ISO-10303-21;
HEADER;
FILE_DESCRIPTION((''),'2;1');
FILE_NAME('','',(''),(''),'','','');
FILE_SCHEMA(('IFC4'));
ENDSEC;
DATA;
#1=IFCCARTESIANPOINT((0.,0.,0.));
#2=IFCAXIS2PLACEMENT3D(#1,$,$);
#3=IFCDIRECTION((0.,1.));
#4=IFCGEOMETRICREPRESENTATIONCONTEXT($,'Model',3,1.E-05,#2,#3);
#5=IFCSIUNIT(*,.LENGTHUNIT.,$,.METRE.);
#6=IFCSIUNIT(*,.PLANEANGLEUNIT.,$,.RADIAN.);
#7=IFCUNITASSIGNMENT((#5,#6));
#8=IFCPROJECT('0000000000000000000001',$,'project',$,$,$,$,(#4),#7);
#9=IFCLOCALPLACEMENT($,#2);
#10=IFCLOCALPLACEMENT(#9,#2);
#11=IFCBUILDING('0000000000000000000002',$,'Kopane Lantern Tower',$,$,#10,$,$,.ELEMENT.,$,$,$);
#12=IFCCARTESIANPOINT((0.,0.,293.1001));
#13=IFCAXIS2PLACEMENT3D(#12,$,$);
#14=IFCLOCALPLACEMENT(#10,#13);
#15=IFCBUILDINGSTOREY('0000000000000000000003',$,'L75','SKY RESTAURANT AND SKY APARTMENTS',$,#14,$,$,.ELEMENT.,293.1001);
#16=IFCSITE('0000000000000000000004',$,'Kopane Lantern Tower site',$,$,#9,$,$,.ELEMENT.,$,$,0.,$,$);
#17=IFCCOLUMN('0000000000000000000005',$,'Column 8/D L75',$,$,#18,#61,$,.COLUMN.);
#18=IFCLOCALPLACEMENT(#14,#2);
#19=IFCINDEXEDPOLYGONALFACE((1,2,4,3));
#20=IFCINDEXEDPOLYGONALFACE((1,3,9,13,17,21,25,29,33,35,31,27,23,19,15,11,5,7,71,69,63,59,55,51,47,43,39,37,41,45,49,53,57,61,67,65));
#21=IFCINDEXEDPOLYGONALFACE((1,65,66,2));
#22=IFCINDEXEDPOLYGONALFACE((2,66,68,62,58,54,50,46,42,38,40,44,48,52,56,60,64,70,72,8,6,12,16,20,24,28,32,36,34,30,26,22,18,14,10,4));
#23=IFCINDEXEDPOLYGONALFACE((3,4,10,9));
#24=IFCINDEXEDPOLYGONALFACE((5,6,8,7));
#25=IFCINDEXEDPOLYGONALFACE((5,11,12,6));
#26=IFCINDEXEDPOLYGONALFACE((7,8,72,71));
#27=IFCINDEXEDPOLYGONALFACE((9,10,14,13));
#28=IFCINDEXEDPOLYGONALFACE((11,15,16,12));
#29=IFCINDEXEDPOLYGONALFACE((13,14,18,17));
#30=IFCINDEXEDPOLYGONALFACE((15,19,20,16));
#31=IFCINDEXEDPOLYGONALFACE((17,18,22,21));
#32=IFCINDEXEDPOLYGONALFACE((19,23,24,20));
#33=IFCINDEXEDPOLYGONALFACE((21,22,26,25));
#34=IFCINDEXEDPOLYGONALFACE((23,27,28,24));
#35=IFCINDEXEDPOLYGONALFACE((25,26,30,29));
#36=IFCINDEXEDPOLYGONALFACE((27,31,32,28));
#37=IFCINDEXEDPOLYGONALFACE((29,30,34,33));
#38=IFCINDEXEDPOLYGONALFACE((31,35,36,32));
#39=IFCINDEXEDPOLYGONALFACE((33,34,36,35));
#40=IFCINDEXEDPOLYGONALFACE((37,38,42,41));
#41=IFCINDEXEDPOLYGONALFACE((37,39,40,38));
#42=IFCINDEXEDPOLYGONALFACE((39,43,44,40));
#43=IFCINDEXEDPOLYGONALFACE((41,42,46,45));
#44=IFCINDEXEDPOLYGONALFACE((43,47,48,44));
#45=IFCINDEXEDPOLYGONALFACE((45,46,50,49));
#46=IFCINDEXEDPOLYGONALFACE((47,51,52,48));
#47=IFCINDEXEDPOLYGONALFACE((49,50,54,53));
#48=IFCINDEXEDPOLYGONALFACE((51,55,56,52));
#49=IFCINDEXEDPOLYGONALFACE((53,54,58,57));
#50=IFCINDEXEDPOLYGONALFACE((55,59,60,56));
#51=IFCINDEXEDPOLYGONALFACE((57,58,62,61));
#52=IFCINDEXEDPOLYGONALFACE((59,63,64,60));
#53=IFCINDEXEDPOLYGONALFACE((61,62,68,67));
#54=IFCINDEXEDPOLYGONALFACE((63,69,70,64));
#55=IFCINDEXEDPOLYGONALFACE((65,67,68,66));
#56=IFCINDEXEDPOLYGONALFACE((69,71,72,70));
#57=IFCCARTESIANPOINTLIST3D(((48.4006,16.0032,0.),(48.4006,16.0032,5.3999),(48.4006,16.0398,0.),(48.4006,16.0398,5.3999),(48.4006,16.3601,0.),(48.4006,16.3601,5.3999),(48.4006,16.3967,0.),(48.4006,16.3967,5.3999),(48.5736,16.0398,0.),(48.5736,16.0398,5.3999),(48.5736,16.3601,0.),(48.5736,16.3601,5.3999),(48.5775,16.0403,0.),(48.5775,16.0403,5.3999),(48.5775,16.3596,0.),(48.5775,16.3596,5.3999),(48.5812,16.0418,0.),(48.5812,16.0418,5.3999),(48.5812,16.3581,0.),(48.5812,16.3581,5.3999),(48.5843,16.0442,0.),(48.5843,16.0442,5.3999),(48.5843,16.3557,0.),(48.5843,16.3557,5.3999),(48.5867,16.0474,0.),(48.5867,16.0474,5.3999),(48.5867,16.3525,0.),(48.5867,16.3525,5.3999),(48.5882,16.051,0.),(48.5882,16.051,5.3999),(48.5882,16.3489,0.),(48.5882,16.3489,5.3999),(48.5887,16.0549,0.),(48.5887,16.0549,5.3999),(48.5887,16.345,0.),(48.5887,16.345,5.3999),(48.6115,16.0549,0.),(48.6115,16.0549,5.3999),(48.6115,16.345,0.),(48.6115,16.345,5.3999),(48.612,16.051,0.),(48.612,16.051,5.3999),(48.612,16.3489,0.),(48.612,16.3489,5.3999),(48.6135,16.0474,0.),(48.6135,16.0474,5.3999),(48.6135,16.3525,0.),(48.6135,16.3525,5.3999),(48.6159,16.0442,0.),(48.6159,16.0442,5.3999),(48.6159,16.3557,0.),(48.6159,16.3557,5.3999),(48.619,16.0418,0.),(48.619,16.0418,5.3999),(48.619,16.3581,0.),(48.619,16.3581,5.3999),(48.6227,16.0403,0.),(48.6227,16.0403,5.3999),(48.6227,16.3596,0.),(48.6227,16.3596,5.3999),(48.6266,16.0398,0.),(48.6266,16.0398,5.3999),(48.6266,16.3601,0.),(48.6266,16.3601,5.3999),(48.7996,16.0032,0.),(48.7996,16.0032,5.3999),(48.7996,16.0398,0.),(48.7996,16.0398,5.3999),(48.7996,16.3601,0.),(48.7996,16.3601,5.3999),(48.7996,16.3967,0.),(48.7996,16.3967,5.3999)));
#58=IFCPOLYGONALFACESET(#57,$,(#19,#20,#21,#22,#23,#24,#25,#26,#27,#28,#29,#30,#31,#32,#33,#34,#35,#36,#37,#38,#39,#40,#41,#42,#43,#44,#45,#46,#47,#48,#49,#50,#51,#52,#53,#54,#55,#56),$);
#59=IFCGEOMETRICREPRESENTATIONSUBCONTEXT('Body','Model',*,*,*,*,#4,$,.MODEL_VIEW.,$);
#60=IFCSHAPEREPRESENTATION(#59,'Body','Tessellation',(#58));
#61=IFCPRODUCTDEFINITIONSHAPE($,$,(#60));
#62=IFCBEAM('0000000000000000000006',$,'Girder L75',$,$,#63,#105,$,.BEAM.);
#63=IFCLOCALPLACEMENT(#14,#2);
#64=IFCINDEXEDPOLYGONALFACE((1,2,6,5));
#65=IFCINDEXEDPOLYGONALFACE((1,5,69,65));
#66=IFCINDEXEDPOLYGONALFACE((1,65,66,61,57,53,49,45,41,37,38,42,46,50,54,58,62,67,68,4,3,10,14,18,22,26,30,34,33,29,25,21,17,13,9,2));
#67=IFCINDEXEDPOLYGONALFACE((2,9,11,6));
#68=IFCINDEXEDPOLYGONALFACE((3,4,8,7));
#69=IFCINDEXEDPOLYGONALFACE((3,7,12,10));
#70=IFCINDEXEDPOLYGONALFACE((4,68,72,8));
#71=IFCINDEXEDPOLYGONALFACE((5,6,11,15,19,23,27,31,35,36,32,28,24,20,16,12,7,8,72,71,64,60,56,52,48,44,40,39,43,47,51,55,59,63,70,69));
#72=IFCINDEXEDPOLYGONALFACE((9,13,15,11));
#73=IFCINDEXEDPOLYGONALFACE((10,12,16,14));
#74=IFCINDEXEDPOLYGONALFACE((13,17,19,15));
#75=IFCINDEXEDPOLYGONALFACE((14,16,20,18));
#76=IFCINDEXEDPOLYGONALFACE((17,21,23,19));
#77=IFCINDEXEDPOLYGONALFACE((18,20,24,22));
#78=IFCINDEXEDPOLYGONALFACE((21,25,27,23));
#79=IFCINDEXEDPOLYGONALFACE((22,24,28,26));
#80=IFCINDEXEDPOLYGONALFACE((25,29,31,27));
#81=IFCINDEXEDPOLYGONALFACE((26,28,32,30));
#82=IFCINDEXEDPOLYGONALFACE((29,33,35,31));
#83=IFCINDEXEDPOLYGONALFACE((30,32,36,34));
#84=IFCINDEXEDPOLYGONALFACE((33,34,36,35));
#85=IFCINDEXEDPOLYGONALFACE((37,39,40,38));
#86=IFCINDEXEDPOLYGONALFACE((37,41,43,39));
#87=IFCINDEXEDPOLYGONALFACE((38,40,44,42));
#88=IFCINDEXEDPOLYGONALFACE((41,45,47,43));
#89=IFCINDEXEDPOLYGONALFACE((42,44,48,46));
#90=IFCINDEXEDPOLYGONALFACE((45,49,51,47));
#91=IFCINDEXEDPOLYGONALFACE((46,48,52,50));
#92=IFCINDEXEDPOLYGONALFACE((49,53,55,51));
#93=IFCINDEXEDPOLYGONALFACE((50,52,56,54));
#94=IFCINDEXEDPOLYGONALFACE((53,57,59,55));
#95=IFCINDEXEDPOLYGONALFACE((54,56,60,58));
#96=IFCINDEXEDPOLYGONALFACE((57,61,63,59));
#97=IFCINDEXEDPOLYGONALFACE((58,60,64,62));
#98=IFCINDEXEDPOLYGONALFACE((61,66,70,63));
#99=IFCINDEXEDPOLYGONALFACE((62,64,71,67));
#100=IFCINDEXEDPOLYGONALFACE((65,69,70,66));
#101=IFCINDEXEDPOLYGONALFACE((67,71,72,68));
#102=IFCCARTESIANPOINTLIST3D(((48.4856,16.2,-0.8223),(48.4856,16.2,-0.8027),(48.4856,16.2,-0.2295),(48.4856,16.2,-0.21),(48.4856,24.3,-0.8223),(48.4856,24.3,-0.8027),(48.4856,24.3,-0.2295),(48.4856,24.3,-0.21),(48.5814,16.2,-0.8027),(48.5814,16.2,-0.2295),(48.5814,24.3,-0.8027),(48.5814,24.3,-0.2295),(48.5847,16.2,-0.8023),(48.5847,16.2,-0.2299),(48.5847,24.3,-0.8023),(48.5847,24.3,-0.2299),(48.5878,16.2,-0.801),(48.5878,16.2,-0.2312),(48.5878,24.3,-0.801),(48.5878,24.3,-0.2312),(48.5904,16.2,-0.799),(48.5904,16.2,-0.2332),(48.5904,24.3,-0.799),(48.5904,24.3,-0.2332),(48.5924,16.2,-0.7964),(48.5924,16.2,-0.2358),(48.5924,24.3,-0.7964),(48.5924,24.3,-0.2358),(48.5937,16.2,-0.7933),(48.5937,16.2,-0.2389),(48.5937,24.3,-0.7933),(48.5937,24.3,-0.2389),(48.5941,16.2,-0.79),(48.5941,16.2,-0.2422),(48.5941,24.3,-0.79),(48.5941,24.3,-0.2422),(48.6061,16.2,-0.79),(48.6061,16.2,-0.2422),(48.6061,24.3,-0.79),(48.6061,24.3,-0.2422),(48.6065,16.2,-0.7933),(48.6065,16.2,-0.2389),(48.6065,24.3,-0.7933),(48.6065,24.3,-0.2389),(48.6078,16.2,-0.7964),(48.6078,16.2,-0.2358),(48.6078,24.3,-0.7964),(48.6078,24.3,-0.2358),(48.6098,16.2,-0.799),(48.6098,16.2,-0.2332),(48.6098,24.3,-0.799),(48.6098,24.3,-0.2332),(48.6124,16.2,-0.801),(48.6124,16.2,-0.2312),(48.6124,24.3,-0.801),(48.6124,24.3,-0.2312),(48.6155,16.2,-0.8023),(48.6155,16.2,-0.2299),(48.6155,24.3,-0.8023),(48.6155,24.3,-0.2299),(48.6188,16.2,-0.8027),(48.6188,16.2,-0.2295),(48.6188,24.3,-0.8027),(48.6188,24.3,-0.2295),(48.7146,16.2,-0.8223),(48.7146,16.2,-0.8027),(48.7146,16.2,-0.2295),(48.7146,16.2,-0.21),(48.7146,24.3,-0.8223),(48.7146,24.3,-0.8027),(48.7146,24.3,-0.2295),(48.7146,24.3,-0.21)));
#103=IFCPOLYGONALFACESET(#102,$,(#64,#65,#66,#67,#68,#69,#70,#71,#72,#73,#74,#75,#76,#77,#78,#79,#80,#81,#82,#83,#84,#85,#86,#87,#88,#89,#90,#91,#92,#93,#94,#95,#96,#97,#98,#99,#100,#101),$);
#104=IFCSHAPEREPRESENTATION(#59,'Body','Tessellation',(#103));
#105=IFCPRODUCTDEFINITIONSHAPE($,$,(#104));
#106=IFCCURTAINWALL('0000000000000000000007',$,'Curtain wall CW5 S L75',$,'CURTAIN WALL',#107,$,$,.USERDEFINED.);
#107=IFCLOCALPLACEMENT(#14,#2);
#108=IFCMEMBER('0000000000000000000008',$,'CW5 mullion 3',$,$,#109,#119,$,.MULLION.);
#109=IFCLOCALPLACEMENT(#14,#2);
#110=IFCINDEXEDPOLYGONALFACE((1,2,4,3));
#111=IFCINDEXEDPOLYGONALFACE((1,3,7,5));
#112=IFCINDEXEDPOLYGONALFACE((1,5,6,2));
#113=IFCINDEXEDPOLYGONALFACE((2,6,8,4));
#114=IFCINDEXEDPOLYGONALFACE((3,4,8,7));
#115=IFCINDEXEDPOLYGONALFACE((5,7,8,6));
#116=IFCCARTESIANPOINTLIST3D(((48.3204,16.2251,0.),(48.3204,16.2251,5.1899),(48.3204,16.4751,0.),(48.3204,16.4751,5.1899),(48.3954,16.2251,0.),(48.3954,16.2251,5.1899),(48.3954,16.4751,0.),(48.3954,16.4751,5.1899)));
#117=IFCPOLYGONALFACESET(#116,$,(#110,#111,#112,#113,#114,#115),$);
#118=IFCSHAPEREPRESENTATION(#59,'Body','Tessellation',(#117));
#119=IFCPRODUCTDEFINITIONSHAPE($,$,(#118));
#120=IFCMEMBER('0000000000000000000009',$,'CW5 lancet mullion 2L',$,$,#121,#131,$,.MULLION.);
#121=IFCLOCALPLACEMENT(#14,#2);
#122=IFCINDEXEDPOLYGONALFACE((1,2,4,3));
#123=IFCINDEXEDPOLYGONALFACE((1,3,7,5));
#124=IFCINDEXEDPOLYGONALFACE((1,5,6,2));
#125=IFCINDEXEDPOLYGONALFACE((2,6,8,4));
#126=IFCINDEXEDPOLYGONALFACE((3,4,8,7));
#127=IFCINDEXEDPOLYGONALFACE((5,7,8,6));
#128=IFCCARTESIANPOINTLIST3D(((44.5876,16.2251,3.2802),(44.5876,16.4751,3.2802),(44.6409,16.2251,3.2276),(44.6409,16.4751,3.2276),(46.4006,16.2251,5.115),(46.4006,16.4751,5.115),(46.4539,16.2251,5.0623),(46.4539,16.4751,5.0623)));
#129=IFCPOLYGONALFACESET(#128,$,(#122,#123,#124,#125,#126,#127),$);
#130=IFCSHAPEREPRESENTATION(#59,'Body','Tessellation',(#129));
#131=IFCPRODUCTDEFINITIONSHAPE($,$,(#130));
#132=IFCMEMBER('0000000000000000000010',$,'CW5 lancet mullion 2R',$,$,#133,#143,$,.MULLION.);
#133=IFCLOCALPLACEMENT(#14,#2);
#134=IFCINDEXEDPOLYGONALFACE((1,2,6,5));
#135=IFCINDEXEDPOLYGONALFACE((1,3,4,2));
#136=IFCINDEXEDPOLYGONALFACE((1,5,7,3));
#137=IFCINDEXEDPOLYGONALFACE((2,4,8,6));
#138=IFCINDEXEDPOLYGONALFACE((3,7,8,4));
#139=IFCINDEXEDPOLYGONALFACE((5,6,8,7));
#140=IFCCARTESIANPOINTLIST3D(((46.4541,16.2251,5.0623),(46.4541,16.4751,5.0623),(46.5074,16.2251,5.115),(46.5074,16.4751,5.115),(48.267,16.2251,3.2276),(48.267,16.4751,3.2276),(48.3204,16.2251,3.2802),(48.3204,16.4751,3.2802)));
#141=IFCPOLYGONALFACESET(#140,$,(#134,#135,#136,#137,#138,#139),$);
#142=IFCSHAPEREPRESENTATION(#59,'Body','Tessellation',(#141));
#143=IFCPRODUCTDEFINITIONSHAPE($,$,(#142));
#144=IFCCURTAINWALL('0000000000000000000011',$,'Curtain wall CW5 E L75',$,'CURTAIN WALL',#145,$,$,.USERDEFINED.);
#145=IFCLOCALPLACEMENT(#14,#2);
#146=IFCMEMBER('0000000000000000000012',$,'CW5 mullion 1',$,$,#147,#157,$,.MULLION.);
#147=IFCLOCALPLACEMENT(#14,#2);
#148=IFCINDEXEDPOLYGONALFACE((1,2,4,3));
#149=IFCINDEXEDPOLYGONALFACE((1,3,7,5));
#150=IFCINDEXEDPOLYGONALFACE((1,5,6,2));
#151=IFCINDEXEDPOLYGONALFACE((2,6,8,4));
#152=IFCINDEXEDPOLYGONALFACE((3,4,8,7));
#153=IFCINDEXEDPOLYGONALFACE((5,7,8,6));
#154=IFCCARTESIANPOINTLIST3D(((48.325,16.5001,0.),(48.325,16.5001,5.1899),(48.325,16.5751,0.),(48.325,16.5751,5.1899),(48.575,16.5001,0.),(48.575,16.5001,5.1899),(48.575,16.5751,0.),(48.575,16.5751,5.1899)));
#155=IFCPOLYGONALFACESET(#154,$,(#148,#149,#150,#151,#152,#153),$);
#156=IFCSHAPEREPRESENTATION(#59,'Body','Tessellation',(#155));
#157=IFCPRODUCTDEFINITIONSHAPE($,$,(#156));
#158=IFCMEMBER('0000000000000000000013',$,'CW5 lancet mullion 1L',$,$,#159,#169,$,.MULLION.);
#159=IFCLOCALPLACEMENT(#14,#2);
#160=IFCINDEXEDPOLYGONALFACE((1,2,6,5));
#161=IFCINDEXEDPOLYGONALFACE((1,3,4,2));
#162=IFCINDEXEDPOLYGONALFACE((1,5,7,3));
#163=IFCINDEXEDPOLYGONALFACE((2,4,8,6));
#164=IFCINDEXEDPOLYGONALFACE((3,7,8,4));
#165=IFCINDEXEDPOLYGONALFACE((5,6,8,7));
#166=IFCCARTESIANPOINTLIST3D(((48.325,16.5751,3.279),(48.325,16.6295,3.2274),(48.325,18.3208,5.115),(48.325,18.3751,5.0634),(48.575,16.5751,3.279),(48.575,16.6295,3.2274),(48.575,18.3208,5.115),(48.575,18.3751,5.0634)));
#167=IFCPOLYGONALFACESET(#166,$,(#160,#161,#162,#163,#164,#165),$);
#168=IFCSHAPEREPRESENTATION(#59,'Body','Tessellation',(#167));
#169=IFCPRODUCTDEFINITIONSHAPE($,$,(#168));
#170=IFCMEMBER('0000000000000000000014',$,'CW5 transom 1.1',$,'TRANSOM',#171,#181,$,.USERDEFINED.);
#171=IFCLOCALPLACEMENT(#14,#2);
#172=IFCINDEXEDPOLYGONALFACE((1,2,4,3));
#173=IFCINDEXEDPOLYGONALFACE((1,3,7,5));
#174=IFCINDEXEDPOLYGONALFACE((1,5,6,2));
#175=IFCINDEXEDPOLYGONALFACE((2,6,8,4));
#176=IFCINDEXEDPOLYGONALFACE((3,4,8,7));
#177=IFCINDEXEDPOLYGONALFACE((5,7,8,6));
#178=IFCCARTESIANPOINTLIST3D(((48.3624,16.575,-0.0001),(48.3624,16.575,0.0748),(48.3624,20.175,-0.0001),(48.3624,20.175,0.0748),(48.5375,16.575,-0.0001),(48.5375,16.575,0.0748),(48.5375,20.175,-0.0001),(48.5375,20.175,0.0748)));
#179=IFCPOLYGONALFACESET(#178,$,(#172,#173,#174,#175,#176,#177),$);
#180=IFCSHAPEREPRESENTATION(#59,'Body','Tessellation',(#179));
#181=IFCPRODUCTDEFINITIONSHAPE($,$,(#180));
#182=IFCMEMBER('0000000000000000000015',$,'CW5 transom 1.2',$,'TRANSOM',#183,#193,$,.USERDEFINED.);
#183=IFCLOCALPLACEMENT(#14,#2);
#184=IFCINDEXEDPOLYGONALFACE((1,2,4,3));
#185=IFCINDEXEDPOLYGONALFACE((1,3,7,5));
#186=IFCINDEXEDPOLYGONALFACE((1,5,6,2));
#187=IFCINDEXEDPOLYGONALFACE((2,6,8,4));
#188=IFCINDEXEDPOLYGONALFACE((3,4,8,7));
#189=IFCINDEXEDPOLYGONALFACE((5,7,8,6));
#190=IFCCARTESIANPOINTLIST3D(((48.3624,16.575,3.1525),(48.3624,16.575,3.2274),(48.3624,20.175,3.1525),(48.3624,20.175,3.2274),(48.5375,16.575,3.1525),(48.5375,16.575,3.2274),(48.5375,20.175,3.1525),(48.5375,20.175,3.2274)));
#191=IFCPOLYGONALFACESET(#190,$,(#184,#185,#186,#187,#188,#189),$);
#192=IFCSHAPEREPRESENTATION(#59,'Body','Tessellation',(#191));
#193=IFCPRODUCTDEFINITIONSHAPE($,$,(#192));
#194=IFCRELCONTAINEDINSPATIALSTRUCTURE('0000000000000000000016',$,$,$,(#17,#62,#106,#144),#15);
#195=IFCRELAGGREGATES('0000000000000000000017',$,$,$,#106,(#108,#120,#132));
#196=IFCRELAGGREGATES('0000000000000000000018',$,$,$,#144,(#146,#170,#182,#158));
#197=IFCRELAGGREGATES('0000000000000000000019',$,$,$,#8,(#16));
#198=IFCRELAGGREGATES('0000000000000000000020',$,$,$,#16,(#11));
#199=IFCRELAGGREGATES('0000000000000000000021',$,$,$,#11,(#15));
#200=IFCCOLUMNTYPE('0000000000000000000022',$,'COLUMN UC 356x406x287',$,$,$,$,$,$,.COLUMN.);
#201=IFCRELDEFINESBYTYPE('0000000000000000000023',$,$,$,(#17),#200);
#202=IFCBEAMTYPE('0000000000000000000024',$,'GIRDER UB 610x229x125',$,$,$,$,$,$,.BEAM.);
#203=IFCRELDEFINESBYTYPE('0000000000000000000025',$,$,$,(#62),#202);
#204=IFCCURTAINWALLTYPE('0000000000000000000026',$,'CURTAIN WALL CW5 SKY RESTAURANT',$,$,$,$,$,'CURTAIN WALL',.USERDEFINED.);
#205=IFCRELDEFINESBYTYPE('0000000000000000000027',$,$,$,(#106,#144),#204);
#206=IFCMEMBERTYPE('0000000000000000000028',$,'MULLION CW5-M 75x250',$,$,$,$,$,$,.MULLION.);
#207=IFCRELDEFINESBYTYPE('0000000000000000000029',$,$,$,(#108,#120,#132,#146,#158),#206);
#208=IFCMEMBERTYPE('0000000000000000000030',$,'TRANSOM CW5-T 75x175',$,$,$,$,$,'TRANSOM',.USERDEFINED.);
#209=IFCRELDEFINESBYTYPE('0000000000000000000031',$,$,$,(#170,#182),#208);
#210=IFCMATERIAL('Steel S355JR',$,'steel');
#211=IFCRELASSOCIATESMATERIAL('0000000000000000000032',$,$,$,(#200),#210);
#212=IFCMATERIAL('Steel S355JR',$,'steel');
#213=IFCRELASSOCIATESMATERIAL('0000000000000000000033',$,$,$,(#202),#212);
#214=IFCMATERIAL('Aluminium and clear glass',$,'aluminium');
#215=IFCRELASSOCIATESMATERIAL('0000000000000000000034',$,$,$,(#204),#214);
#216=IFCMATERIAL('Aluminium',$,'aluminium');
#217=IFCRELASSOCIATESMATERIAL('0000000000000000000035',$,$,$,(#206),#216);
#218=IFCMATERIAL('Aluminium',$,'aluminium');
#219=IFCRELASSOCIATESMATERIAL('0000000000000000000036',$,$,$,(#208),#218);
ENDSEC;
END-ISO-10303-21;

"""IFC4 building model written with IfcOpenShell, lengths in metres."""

from ifc_helpers import new_model, si_unit, direction, frame, origin, origin_2d, place, context, subcontext, project, spatial, rectangle, i_section, extrude, material, material_profile, profile_set, type_object, element, aggregate, save


model = new_model("IFC4")

# Units and contexts
model_context = context("Model", 3, precision=1e-05, world=origin(), true_north=direction((0.0, 1.0)))
body_context = subcontext(model_context, "Body", "Model", "MODEL_VIEW")
ifc_project = project(units=[si_unit("LENGTHUNIT", "METRE"), si_unit("PLANEANGLEUNIT", "RADIAN")], contexts=[model_context])

# Site, building, storey
site_placement = place(None, origin())
site = spatial("IfcSite", under=ifc_project, at=site_placement, Name="Kopane Lantern Tower site", CompositionType="ELEMENT", RefElevation=0.0)
building_placement = place(site_placement, origin())
building = spatial("IfcBuilding", under=site, at=building_placement, Name="Kopane Lantern Tower", CompositionType="ELEMENT")
storey_placement = place(building_placement, frame((0.0, 0.0, 293.1001)))
storey = spatial("IfcBuildingStorey", under=building, at=storey_placement, Name="L75", Description="SKY RESTAURANT AND SKY APARTMENTS", CompositionType="ELEMENT", Elevation=293.1001)

# Column
ifc_material_1 = material(Name="Steel S355JR", Category="steel")
ifc_material_profile_1 = material_profile(ifc_material_1, i_section(OverallWidth=0.3989, OverallDepth=0.3936, WebThickness=0.0227, FlangeThickness=0.0366, FilletRadius=0.0151, at=origin_2d()), Name="UC 356x406x287")
ifc_profile_set_1 = profile_set([ifc_material_profile_1], Name="Steel S355JR")
column_type = type_object("IfcColumnType", Name="COLUMN UC 356x406x287", PredefinedType="COLUMN", material=ifc_profile_set_1)
column_placement = place(storey_placement, frame((48.6001, 16.2, 0.0), z_axis=(0.0, 0.0, 1.0), x_axis=(1.0, 0.0, 0.0)))
element("IfcColumn", 1, at=column_placement, inside=storey, type_object=column_type, Name="Column 8/D L75", PredefinedType="COLUMN", context=body_context, shape_type="SweptSolid", body=[
    extrude(i_section(OverallWidth=0.3989, OverallDepth=0.3936, WebThickness=0.0227, FlangeThickness=0.0366, FilletRadius=0.0151, at=origin_2d()), origin(), (0.0, 0.0, 1.0), 5.3999),
])

# Beam
ifc_material_2 = material(Name="Steel S355JR", Category="steel")
ifc_material_profile_2 = material_profile(ifc_material_2, i_section(OverallWidth=0.229, OverallDepth=0.6123, WebThickness=0.012, FlangeThickness=0.0195, FilletRadius=0.0127, at=origin_2d()), Name="UB 610x229x125")
ifc_profile_set_2 = profile_set([ifc_material_profile_2], Name="Steel S355JR")
beam_type = type_object("IfcBeamType", Name="GIRDER UB 610x229x125", PredefinedType="BEAM", material=ifc_profile_set_2)
beam_placement = place(storey_placement, frame((48.6001, 16.2, -0.5161), z_axis=(0.0, 1.0, 0.0), x_axis=(-1.0, 0.0, 0.0)))
element("IfcBeam", 2, at=beam_placement, inside=storey, type_object=beam_type, Name="Girder L75", PredefinedType="BEAM", context=body_context, shape_type="SweptSolid", body=[
    extrude(i_section(OverallWidth=0.229, OverallDepth=0.6123, WebThickness=0.012, FlangeThickness=0.0195, FilletRadius=0.0127, at=origin_2d()), origin(), (0.0, 0.0, 1.0), 8.1001),
])

# Curtain walls, members
ifc_material_3 = material(Name="Aluminium and clear glass", Category="aluminium")
curtain_wall_type = type_object("IfcCurtainWallType", Name="CURTAIN WALL CW5 SKY RESTAURANT", ElementType="CURTAIN WALL", PredefinedType="USERDEFINED", material=ifc_material_3)
curtain_wall_1_placement = place(storey_placement, origin())
curtain_wall_1 = element("IfcCurtainWall", 3, at=curtain_wall_1_placement, inside=storey, type_object=curtain_wall_type, Name="Curtain wall CW5 S L75", ObjectType="CURTAIN WALL", PredefinedType="USERDEFINED")
ifc_material_4 = material(Name="Aluminium", Category="aluminium")
ifc_material_profile_3 = material_profile(ifc_material_4, rectangle(XDim=0.075, YDim=0.25, at=origin_2d()), Name="AL 75x250")
ifc_profile_set_3 = profile_set([ifc_material_profile_3], Name="Aluminium")
member_type_1 = type_object("IfcMemberType", Name="MULLION CW5-M 75x250", PredefinedType="MULLION", material=ifc_profile_set_3)
member_1_placement = place(storey_placement, frame((48.3579, 16.3501, 0.0), z_axis=(0.0, 0.0, 1.0), x_axis=(1.0, 0.0, 0.0)))
member_1 = element("IfcMember", 4, at=member_1_placement, type_object=member_type_1, Name="CW5 mullion 3", PredefinedType="MULLION", context=body_context, shape_type="SweptSolid", body=[
    extrude(rectangle(XDim=0.075, YDim=0.25, at=origin_2d()), origin(), (0.0, 0.0, 1.0), 5.1899),
])
member_2_placement = place(storey_placement, frame((44.6143, 16.3501, 3.2539), z_axis=(0.702882, 0.0, 0.711306), x_axis=(-0.711306, 0.0, 0.702882)))
member_2 = element("IfcMember", 5, at=member_2_placement, type_object=member_type_1, Name="CW5 lancet mullion 2L", PredefinedType="MULLION", context=body_context, shape_type="SweptSolid", body=[
    extrude(rectangle(XDim=0.075, YDim=0.25, at=origin_2d()), origin(), (0.0, 0.0, 1.0), 2.5793),
])
member_3_placement = place(storey_placement, frame((48.2937, 16.3501, 3.2539), z_axis=(-0.702882, 0.0, 0.711306), x_axis=(0.711306, 0.0, 0.702882)))
member_3 = element("IfcMember", 6, at=member_3_placement, type_object=member_type_1, Name="CW5 lancet mullion 2R", PredefinedType="MULLION", context=body_context, shape_type="SweptSolid", body=[
    extrude(rectangle(XDim=0.075, YDim=0.25, at=origin_2d()), origin(), (0.0, 0.0, 1.0), 2.5793),
])
curtain_wall_2_placement = place(storey_placement, origin())
curtain_wall_2 = element("IfcCurtainWall", 7, at=curtain_wall_2_placement, inside=storey, type_object=curtain_wall_type, Name="Curtain wall CW5 E L75", ObjectType="CURTAIN WALL", PredefinedType="USERDEFINED")
member_4_placement = place(storey_placement, frame((48.45, 16.5376, 0.0), z_axis=(0.0, 0.0, 1.0), x_axis=(0.0, 1.0, 0.0)))
member_4 = element("IfcMember", 8, at=member_4_placement, type_object=member_type_1, Name="CW5 mullion 1", PredefinedType="MULLION", context=body_context, shape_type="SweptSolid", body=[
    extrude(rectangle(XDim=0.075, YDim=0.25, at=origin_2d()), origin(), (0.0, 0.0, 1.0), 5.1899),
])
member_5_placement = place(storey_placement, frame((48.45, 16.6023, 3.2532), z_axis=(0.0, 0.689053, 0.724711), x_axis=(0.0, -0.724711, 0.689053)))
member_5 = element("IfcMember", 9, at=member_5_placement, type_object=member_type_1, Name="CW5 lancet mullion 1L", PredefinedType="MULLION", context=body_context, shape_type="SweptSolid", body=[
    extrude(rectangle(XDim=0.075, YDim=0.25, at=origin_2d()), origin(), (0.0, 0.0, 1.0), 2.5334),
])
ifc_material_5 = material(Name="Aluminium", Category="aluminium")
ifc_material_profile_4 = material_profile(ifc_material_5, rectangle(XDim=0.175, YDim=0.075, at=origin_2d()), Name="AL 175x75")
ifc_profile_set_4 = profile_set([ifc_material_profile_4], Name="Aluminium")
member_type_2 = type_object("IfcMemberType", Name="TRANSOM CW5-T 75x175", ElementType="TRANSOM", PredefinedType="USERDEFINED", material=ifc_profile_set_4)
member_6_placement = place(storey_placement, frame((48.45, 16.575, 0.0374), z_axis=(0.0, 1.0, 0.0), x_axis=(-1.0, 0.0, 0.0)))
member_6 = element("IfcMember", 10, at=member_6_placement, type_object=member_type_2, Name="CW5 transom 1.1", ObjectType="TRANSOM", PredefinedType="USERDEFINED", context=body_context, shape_type="SweptSolid", body=[
    extrude(rectangle(XDim=0.175, YDim=0.075, at=origin_2d()), origin(), (0.0, 0.0, 1.0), 3.6001),
])
member_7_placement = place(storey_placement, frame((48.45, 16.575, 3.1899), z_axis=(0.0, 1.0, 0.0), x_axis=(-1.0, 0.0, 0.0)))
member_7 = element("IfcMember", 11, at=member_7_placement, type_object=member_type_2, Name="CW5 transom 1.2", ObjectType="TRANSOM", PredefinedType="USERDEFINED", context=body_context, shape_type="SweptSolid", body=[
    extrude(rectangle(XDim=0.175, YDim=0.075, at=origin_2d()), origin(), (0.0, 0.0, 1.0), 3.6001),
])

aggregate(curtain_wall_1, [member_1, member_2, member_3])
aggregate(curtain_wall_2, [member_4, member_6, member_7, member_5])

save(model, "model.ifc")
